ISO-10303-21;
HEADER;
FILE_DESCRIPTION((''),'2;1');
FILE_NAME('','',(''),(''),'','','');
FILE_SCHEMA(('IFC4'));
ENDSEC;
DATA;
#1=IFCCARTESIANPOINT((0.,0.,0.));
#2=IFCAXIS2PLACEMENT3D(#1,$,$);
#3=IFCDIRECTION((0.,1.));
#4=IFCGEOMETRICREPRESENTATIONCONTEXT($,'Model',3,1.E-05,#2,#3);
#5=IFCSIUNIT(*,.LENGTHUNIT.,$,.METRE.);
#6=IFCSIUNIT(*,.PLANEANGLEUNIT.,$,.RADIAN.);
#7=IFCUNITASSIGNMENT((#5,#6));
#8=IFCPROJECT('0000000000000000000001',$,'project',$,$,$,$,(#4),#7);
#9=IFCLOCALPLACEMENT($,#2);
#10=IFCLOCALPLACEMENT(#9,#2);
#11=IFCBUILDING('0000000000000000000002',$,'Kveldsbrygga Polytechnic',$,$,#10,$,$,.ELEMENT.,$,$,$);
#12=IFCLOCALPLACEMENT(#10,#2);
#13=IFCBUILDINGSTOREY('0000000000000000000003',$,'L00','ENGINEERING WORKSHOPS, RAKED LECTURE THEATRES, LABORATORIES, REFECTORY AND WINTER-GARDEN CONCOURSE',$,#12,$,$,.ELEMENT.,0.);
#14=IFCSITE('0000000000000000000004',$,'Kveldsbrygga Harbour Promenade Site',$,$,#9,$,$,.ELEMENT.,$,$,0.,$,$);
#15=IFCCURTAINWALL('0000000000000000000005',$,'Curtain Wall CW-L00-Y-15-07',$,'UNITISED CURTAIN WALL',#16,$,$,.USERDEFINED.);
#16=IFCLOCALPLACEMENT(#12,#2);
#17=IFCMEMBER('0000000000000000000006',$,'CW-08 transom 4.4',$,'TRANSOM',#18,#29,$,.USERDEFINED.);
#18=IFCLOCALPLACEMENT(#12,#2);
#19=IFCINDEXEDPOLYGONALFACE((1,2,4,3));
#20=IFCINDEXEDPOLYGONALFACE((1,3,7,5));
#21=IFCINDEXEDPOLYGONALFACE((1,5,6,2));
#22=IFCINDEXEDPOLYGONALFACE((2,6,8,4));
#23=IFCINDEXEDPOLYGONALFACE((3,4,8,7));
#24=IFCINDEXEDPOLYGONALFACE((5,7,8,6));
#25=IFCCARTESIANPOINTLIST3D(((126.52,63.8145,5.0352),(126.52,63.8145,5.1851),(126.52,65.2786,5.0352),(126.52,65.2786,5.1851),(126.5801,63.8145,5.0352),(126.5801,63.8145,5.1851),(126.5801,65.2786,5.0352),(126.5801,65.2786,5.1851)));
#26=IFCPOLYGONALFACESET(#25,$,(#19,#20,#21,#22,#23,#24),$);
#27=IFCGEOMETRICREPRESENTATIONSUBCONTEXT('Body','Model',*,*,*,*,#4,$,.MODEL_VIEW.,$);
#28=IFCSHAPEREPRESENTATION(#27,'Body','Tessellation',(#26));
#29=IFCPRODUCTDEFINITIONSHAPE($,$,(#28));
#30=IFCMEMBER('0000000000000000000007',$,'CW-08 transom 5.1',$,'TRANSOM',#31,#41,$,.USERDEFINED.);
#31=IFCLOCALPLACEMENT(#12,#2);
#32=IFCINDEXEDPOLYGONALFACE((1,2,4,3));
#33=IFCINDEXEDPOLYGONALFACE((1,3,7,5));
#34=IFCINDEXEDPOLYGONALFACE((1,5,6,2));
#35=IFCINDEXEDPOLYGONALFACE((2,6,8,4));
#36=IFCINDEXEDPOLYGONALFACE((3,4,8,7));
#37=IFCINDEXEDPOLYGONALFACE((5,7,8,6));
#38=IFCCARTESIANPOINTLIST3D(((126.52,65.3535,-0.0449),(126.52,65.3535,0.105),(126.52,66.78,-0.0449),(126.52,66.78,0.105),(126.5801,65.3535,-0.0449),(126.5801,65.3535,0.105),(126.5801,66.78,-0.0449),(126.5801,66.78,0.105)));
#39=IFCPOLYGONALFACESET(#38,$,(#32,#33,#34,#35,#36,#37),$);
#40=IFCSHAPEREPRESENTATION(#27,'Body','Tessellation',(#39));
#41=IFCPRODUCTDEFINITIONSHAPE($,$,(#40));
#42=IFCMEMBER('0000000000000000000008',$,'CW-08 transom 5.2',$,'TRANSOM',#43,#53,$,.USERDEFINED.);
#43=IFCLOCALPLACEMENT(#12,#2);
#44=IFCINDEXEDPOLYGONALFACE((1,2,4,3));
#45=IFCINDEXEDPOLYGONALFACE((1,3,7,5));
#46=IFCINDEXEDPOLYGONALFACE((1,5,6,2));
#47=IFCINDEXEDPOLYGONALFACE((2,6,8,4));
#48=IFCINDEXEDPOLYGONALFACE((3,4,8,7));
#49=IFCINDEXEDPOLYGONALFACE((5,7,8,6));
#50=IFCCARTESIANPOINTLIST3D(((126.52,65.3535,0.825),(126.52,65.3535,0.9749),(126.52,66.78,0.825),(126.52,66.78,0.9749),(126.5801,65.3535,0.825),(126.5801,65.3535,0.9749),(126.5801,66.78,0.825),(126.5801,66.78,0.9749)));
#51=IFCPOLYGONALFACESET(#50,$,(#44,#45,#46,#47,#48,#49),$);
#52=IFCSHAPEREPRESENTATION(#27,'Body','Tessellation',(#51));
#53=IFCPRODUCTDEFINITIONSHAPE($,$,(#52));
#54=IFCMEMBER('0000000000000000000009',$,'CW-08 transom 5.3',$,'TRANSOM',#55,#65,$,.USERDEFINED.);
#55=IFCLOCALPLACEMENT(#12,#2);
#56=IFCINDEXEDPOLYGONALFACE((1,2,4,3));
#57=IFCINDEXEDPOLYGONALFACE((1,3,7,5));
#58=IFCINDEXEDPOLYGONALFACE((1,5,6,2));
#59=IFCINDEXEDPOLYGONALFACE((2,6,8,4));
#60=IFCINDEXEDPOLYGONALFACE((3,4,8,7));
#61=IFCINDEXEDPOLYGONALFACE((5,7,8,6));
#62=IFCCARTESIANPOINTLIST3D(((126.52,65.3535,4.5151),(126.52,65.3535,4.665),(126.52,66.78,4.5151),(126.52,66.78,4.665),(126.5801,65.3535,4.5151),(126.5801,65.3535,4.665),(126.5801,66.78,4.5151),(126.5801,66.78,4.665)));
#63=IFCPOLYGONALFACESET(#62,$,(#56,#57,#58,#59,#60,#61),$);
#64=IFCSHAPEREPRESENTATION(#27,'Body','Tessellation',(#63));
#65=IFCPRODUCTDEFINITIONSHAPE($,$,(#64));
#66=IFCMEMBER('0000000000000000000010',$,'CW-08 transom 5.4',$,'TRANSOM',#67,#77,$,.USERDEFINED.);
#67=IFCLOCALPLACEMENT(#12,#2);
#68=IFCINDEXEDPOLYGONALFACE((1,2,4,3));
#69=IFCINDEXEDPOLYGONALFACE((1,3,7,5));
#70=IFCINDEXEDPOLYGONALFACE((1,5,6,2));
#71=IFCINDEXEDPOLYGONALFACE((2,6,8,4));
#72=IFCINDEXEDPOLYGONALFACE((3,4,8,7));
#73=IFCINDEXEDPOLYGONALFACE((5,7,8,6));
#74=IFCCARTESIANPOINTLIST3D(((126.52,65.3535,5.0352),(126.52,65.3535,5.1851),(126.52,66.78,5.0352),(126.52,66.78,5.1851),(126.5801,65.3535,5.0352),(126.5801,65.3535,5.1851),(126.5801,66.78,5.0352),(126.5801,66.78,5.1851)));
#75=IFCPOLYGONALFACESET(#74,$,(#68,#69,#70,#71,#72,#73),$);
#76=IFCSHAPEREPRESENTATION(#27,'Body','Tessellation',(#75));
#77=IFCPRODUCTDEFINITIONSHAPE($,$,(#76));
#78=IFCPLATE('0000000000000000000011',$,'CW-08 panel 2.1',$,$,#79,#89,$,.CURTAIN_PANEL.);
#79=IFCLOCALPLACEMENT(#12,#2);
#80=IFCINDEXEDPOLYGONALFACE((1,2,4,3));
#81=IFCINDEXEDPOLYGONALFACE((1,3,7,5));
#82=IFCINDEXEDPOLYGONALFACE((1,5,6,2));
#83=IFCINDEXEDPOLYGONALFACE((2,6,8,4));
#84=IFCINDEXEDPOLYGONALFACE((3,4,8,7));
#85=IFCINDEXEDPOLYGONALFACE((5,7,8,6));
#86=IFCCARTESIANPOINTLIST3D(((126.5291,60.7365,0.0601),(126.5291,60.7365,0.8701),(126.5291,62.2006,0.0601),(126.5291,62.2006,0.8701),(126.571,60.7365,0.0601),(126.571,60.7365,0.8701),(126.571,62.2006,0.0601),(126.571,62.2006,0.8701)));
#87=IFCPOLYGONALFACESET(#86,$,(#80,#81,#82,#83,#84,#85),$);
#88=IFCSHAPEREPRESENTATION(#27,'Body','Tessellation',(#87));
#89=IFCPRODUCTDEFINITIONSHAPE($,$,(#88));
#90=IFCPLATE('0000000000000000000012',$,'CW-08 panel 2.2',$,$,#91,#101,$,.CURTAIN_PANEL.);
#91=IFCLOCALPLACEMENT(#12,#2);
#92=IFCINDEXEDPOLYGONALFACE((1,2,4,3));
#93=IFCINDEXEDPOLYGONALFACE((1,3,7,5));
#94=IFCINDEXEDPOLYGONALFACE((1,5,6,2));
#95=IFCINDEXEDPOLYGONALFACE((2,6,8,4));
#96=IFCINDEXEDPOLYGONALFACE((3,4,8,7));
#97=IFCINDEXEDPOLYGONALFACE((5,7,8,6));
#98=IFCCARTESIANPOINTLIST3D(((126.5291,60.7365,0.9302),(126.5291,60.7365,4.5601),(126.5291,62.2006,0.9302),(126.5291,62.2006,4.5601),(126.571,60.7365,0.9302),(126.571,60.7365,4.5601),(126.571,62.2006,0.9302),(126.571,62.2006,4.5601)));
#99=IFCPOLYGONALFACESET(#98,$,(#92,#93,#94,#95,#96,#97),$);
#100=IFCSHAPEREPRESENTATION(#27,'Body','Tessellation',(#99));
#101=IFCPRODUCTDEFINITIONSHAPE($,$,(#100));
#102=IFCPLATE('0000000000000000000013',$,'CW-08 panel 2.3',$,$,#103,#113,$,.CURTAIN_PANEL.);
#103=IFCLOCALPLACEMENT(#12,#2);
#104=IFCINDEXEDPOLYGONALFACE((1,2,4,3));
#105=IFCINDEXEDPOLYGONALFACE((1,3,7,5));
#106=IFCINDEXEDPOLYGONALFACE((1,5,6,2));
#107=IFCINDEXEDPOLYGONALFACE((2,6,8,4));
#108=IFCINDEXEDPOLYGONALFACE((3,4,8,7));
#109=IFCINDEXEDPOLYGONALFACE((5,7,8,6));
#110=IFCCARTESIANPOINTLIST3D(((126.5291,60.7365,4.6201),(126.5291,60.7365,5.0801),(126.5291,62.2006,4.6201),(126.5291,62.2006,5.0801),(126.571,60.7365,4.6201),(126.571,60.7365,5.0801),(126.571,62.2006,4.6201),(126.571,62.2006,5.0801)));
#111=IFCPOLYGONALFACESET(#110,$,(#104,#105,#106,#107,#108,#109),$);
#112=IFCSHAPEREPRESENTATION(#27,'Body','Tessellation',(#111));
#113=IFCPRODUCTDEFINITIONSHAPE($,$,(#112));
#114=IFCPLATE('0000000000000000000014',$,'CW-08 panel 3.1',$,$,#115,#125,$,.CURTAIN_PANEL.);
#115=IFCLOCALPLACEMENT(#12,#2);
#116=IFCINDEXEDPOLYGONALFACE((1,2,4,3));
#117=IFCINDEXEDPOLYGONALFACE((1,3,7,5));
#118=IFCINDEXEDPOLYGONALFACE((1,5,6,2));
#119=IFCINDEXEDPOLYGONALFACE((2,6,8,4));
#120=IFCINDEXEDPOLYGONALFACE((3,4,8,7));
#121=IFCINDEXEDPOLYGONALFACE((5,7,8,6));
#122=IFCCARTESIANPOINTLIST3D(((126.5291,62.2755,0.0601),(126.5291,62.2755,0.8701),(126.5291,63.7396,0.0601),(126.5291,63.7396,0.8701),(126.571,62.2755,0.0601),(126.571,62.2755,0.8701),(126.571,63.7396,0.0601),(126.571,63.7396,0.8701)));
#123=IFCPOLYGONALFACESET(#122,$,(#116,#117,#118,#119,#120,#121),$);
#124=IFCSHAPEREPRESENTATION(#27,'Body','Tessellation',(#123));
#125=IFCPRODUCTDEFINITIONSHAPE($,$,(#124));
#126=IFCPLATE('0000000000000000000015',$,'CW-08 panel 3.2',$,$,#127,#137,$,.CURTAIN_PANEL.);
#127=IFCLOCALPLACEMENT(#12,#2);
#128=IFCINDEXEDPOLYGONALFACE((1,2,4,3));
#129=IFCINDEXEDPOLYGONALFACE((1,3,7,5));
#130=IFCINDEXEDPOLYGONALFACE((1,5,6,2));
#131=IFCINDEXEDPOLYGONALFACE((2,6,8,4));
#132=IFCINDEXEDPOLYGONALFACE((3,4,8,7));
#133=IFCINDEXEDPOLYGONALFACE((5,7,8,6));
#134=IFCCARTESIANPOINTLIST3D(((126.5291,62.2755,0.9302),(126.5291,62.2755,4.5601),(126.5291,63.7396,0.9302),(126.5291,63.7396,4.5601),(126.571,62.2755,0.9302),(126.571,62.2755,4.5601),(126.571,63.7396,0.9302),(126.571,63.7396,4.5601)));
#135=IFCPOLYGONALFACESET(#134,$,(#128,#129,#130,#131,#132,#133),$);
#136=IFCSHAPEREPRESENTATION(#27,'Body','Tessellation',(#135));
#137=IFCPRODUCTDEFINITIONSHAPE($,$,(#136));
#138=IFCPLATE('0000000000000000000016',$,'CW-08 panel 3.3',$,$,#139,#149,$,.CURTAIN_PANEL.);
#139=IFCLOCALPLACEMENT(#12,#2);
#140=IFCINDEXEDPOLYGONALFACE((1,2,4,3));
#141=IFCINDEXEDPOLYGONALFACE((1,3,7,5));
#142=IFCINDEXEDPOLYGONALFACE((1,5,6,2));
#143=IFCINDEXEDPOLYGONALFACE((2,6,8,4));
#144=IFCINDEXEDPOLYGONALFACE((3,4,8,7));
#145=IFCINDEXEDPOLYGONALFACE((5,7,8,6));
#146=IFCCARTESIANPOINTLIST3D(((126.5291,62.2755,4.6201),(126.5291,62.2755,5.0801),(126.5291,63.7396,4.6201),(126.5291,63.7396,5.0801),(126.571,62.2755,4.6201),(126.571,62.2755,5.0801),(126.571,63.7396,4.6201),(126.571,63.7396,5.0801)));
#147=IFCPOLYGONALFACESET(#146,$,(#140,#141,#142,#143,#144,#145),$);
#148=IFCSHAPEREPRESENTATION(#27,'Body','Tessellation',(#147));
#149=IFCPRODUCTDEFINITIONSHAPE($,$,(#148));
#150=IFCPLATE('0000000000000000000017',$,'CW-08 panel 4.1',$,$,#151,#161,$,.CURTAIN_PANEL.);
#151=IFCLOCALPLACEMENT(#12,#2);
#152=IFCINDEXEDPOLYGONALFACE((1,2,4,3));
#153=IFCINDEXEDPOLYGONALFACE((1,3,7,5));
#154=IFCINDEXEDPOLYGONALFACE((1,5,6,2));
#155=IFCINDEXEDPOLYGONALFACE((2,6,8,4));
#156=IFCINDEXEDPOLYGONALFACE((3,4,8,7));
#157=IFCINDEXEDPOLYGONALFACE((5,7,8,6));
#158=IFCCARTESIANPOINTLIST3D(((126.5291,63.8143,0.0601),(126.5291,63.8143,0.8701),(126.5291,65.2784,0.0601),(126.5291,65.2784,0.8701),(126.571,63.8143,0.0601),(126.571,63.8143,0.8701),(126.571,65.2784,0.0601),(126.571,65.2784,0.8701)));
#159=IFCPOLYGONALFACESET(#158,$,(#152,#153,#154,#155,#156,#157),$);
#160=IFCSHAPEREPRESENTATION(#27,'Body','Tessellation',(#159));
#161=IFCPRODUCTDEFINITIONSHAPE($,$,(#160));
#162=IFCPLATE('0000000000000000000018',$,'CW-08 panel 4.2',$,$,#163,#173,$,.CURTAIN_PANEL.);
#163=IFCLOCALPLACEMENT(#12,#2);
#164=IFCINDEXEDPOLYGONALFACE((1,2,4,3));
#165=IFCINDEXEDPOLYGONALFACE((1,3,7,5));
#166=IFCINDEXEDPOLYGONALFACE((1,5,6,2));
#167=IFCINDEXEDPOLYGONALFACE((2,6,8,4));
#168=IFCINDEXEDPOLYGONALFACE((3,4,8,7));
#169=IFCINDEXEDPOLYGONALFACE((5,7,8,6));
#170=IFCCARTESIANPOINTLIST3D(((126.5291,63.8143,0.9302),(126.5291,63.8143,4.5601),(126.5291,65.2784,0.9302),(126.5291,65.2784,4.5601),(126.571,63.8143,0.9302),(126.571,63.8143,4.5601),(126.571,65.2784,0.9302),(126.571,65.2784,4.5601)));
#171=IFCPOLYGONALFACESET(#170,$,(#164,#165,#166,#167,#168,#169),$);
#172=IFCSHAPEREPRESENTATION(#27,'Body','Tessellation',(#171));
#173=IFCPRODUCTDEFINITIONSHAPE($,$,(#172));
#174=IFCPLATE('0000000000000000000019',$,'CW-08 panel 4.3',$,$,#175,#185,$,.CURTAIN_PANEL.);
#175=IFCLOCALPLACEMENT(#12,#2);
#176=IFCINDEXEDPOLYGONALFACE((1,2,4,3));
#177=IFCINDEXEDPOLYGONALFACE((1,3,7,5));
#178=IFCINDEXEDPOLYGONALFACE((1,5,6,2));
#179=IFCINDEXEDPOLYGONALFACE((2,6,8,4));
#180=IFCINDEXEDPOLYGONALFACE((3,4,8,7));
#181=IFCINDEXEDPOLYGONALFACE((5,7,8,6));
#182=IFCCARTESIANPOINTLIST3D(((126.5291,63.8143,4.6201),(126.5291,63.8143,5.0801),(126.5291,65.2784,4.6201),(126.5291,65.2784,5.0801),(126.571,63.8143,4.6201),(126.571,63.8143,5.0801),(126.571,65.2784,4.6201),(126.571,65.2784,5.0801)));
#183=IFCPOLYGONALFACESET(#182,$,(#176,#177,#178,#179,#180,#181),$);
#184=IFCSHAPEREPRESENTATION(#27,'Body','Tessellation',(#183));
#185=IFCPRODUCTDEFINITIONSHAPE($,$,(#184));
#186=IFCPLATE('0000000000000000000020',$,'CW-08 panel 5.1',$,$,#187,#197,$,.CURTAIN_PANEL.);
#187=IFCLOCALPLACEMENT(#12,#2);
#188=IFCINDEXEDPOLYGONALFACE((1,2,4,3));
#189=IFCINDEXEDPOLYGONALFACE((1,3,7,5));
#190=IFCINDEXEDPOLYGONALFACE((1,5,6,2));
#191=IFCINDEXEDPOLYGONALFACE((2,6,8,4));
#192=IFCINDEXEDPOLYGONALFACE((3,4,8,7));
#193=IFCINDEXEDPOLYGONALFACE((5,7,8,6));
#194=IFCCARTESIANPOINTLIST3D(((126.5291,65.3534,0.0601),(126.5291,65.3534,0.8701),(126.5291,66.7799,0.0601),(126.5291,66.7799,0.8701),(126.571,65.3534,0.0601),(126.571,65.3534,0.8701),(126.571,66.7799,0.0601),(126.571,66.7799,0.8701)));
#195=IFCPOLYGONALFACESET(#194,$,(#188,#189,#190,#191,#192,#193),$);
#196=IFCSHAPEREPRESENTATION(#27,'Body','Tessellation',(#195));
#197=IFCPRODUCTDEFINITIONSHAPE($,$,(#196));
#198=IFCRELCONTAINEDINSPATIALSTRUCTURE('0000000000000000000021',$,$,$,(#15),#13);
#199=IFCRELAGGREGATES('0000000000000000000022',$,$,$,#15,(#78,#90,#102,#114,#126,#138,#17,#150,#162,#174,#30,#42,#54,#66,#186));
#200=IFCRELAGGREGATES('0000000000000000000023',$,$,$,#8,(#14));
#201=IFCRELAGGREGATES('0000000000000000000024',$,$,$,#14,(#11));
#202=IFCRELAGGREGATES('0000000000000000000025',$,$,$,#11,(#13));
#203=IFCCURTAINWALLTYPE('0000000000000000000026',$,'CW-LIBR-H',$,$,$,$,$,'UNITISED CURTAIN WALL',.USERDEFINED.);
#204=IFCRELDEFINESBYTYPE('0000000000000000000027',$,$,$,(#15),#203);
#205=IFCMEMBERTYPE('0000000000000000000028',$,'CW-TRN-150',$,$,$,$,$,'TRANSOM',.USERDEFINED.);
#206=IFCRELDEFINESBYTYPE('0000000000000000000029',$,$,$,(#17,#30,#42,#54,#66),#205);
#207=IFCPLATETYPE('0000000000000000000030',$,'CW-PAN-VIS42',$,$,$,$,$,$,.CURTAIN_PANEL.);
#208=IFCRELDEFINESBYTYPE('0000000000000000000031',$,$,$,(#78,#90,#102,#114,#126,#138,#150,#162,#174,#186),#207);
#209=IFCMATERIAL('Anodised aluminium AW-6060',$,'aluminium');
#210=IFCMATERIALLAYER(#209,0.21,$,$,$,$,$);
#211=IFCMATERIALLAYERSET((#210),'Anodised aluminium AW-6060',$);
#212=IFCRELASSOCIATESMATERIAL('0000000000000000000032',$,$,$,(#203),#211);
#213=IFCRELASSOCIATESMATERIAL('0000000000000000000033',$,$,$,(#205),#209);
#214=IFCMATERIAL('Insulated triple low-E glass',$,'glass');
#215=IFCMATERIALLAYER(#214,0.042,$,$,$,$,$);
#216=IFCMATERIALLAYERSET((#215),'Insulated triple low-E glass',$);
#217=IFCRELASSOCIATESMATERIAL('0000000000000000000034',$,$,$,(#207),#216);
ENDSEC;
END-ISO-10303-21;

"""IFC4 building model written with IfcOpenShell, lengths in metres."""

from ifc_helpers import new_model, si_unit, direction, frame, origin, origin_2d, place, context, subcontext, project, spatial, rectangle, extrude, material, layer, layer_set, material_profile, profile_set, type_object, element, aggregate, save


model = new_model("IFC4")

# Units and contexts
model_context = context("Model", 3, precision=1e-05, world=origin(), true_north=direction((0.0, 1.0)))
body_context = subcontext(model_context, "Body", "Model", "MODEL_VIEW")
ifc_project = project(units=[si_unit("LENGTHUNIT", "METRE"), si_unit("PLANEANGLEUNIT", "RADIAN")], contexts=[model_context])

# Site, building, storey
site_placement = place(None, origin())
site = spatial("IfcSite", under=ifc_project, at=site_placement, Name="Kveldsbrygga Harbour Promenade Site", CompositionType="ELEMENT", RefElevation=0.0)
building_placement = place(site_placement, origin())
building = spatial("IfcBuilding", under=site, at=building_placement, Name="Kveldsbrygga Polytechnic", CompositionType="ELEMENT")
storey_placement = place(building_placement, origin())
storey = spatial("IfcBuildingStorey", under=building, at=storey_placement, Name="L00", Description="ENGINEERING WORKSHOPS, RAKED LECTURE THEATRES, LABORATORIES, REFECTORY AND WINTER-GARDEN CONCOURSE", CompositionType="ELEMENT", Elevation=0.0)

# Curtain wall, members, plates
ifc_material_1 = material(Name="Anodised aluminium AW-6060", Category="aluminium")
ifc_layer_1 = layer(ifc_material_1, 0.21)
ifc_layer_set_1 = layer_set([ifc_layer_1], Name="Anodised aluminium AW-6060")
curtain_wall_type = type_object("IfcCurtainWallType", Name="CW-LIBR-H", ElementType="UNITISED CURTAIN WALL", PredefinedType="USERDEFINED", material=ifc_layer_set_1)
curtain_wall_placement = place(storey_placement, origin())
curtain_wall = element("IfcCurtainWall", 1, at=curtain_wall_placement, inside=storey, type_object=curtain_wall_type, Name="Curtain Wall CW-L00-Y-15-07", ObjectType="UNITISED CURTAIN WALL", PredefinedType="USERDEFINED")
ifc_material_profile_1 = material_profile(ifc_material_1, rectangle(XDim=0.0601, YDim=0.1499, at=origin_2d()), Name="ALU 60x150")
ifc_profile_set_1 = profile_set([ifc_material_profile_1], Name="Anodised aluminium AW-6060")
member_type_1 = type_object("IfcMemberType", Name="CW-TRN-150", ElementType="TRANSOM", PredefinedType="USERDEFINED", material=ifc_profile_set_1)
member_1_placement = place(storey_placement, frame((126.55, 63.8145, 5.1101), z_axis=(0.0, 1.0, 0.0), x_axis=(-1.0, 0.0, 0.0)))
member_1 = element("IfcMember", 2, at=member_1_placement, type_object=member_type_1, Name="CW-08 transom 4.4", ObjectType="TRANSOM", PredefinedType="USERDEFINED", context=body_context, shape_type="SweptSolid", body=[
    extrude(rectangle(XDim=0.0601, YDim=0.1499, at=origin_2d()), origin(), (0.0, 0.0, 1.0), 1.4641),
])
member_2_placement = place(storey_placement, frame((126.55, 65.3535, 0.03), z_axis=(0.0, 1.0, 0.0), x_axis=(-1.0, 0.0, 0.0)))
member_2 = element("IfcMember", 3, at=member_2_placement, type_object=member_type_1, Name="CW-08 transom 5.1", ObjectType="TRANSOM", PredefinedType="USERDEFINED", context=body_context, shape_type="SweptSolid", body=[
    extrude(rectangle(XDim=0.0601, YDim=0.1499, at=origin_2d()), origin(), (0.0, 0.0, 1.0), 1.4265),
])
member_3_placement = place(storey_placement, frame((126.55, 65.3535, 0.8999), z_axis=(0.0, 1.0, 0.0), x_axis=(-1.0, 0.0, 0.0)))
member_3 = element("IfcMember", 4, at=member_3_placement, type_object=member_type_1, Name="CW-08 transom 5.2", ObjectType="TRANSOM", PredefinedType="USERDEFINED", context=body_context, shape_type="SweptSolid", body=[
    extrude(rectangle(XDim=0.0601, YDim=0.1499, at=origin_2d()), origin(), (0.0, 0.0, 1.0), 1.4265),
])
member_4_placement = place(storey_placement, frame((126.55, 65.3535, 4.5901), z_axis=(0.0, 1.0, 0.0), x_axis=(-1.0, 0.0, 0.0)))
member_4 = element("IfcMember", 5, at=member_4_placement, type_object=member_type_1, Name="CW-08 transom 5.3", ObjectType="TRANSOM", PredefinedType="USERDEFINED", context=body_context, shape_type="SweptSolid", body=[
    extrude(rectangle(XDim=0.0601, YDim=0.1499, at=origin_2d()), origin(), (0.0, 0.0, 1.0), 1.4265),
])
member_5_placement = place(storey_placement, frame((126.55, 65.3535, 5.1101), z_axis=(0.0, 1.0, 0.0), x_axis=(-1.0, 0.0, 0.0)))
member_5 = element("IfcMember", 6, at=member_5_placement, type_object=member_type_1, Name="CW-08 transom 5.4", ObjectType="TRANSOM", PredefinedType="USERDEFINED", context=body_context, shape_type="SweptSolid", body=[
    extrude(rectangle(XDim=0.0601, YDim=0.1499, at=origin_2d()), origin(), (0.0, 0.0, 1.0), 1.4265),
])
ifc_material_2 = material(Name="Insulated triple low-E glass", Category="glass")
ifc_layer_2 = layer(ifc_material_2, 0.042)
ifc_layer_set_2 = layer_set([ifc_layer_2], Name="Insulated triple low-E glass")
plate_type = type_object("IfcPlateType", Name="CW-PAN-VIS42", PredefinedType="CURTAIN_PANEL", material=ifc_layer_set_2)
plate_1_placement = place(storey_placement, frame((126.55, 61.4685, 0.0601), z_axis=(0.0, 0.0, 1.0), x_axis=(0.0, 1.0, 0.0)))
plate_1 = element("IfcPlate", 7, at=plate_1_placement, type_object=plate_type, Name="CW-08 panel 2.1", PredefinedType="CURTAIN_PANEL", context=body_context, shape_type="SweptSolid", body=[
    extrude(rectangle(XDim=1.4641, YDim=0.042, at=origin_2d()), origin(), (0.0, 0.0, 1.0), 0.8101),
])
plate_2_placement = place(storey_placement, frame((126.55, 61.4685, 0.9302), z_axis=(0.0, 0.0, 1.0), x_axis=(0.0, 1.0, 0.0)))
plate_2 = element("IfcPlate", 8, at=plate_2_placement, type_object=plate_type, Name="CW-08 panel 2.2", PredefinedType="CURTAIN_PANEL", context=body_context, shape_type="SweptSolid", body=[
    extrude(rectangle(XDim=1.4641, YDim=0.042, at=origin_2d()), origin(), (0.0, 0.0, 1.0), 3.6299),
])
plate_3_placement = place(storey_placement, frame((126.55, 61.4685, 4.6201), z_axis=(0.0, 0.0, 1.0), x_axis=(0.0, 1.0, 0.0)))
plate_3 = element("IfcPlate", 9, at=plate_3_placement, type_object=plate_type, Name="CW-08 panel 2.3", PredefinedType="CURTAIN_PANEL", context=body_context, shape_type="SweptSolid", body=[
    extrude(rectangle(XDim=1.4641, YDim=0.042, at=origin_2d()), origin(), (0.0, 0.0, 1.0), 0.46),
])
plate_4_placement = place(storey_placement, frame((126.55, 63.0076, 0.0601), z_axis=(0.0, 0.0, 1.0), x_axis=(0.0, 1.0, 0.0)))
plate_4 = element("IfcPlate", 10, at=plate_4_placement, type_object=plate_type, Name="CW-08 panel 3.1", PredefinedType="CURTAIN_PANEL", context=body_context, shape_type="SweptSolid", body=[
    extrude(rectangle(XDim=1.4641, YDim=0.042, at=origin_2d()), origin(), (0.0, 0.0, 1.0), 0.8101),
])
plate_5_placement = place(storey_placement, frame((126.55, 63.0076, 0.9302), z_axis=(0.0, 0.0, 1.0), x_axis=(0.0, 1.0, 0.0)))
plate_5 = element("IfcPlate", 11, at=plate_5_placement, type_object=plate_type, Name="CW-08 panel 3.2", PredefinedType="CURTAIN_PANEL", context=body_context, shape_type="SweptSolid", body=[
    extrude(rectangle(XDim=1.4641, YDim=0.042, at=origin_2d()), origin(), (0.0, 0.0, 1.0), 3.6299),
])
plate_6_placement = place(storey_placement, frame((126.55, 63.0076, 4.6201), z_axis=(0.0, 0.0, 1.0), x_axis=(0.0, 1.0, 0.0)))
plate_6 = element("IfcPlate", 12, at=plate_6_placement, type_object=plate_type, Name="CW-08 panel 3.3", PredefinedType="CURTAIN_PANEL", context=body_context, shape_type="SweptSolid", body=[
    extrude(rectangle(XDim=1.4641, YDim=0.042, at=origin_2d()), origin(), (0.0, 0.0, 1.0), 0.46),
])
plate_7_placement = place(storey_placement, frame((126.55, 64.5464, 0.0601), z_axis=(0.0, 0.0, 1.0), x_axis=(0.0, 1.0, 0.0)))
plate_7 = element("IfcPlate", 13, at=plate_7_placement, type_object=plate_type, Name="CW-08 panel 4.1", PredefinedType="CURTAIN_PANEL", context=body_context, shape_type="SweptSolid", body=[
    extrude(rectangle(XDim=1.4641, YDim=0.042, at=origin_2d()), origin(), (0.0, 0.0, 1.0), 0.8101),
])
plate_8_placement = place(storey_placement, frame((126.55, 64.5464, 0.9302), z_axis=(0.0, 0.0, 1.0), x_axis=(0.0, 1.0, 0.0)))
plate_8 = element("IfcPlate", 14, at=plate_8_placement, type_object=plate_type, Name="CW-08 panel 4.2", PredefinedType="CURTAIN_PANEL", context=body_context, shape_type="SweptSolid", body=[
    extrude(rectangle(XDim=1.4641, YDim=0.042, at=origin_2d()), origin(), (0.0, 0.0, 1.0), 3.6299),
])
plate_9_placement = place(storey_placement, frame((126.55, 64.5464, 4.6201), z_axis=(0.0, 0.0, 1.0), x_axis=(0.0, 1.0, 0.0)))
plate_9 = element("IfcPlate", 15, at=plate_9_placement, type_object=plate_type, Name="CW-08 panel 4.3", PredefinedType="CURTAIN_PANEL", context=body_context, shape_type="SweptSolid", body=[
    extrude(rectangle(XDim=1.4641, YDim=0.042, at=origin_2d()), origin(), (0.0, 0.0, 1.0), 0.46),
])
plate_10_placement = place(storey_placement, frame((126.55, 66.0667, 0.0601), z_axis=(0.0, 0.0, 1.0), x_axis=(0.0, 1.0, 0.0)))
plate_10 = element("IfcPlate", 16, at=plate_10_placement, type_object=plate_type, Name="CW-08 panel 5.1", PredefinedType="CURTAIN_PANEL", context=body_context, shape_type="SweptSolid", body=[
    extrude(rectangle(XDim=1.4265, YDim=0.042, at=origin_2d()), origin(), (0.0, 0.0, 1.0), 0.8101),
])
aggregate(curtain_wall, [plate_1, plate_2, plate_3, plate_4, plate_5, plate_6, member_1, plate_7, plate_8, plate_9, member_2, member_3, member_4, member_5, plate_10])

save(model, "model.ifc")
